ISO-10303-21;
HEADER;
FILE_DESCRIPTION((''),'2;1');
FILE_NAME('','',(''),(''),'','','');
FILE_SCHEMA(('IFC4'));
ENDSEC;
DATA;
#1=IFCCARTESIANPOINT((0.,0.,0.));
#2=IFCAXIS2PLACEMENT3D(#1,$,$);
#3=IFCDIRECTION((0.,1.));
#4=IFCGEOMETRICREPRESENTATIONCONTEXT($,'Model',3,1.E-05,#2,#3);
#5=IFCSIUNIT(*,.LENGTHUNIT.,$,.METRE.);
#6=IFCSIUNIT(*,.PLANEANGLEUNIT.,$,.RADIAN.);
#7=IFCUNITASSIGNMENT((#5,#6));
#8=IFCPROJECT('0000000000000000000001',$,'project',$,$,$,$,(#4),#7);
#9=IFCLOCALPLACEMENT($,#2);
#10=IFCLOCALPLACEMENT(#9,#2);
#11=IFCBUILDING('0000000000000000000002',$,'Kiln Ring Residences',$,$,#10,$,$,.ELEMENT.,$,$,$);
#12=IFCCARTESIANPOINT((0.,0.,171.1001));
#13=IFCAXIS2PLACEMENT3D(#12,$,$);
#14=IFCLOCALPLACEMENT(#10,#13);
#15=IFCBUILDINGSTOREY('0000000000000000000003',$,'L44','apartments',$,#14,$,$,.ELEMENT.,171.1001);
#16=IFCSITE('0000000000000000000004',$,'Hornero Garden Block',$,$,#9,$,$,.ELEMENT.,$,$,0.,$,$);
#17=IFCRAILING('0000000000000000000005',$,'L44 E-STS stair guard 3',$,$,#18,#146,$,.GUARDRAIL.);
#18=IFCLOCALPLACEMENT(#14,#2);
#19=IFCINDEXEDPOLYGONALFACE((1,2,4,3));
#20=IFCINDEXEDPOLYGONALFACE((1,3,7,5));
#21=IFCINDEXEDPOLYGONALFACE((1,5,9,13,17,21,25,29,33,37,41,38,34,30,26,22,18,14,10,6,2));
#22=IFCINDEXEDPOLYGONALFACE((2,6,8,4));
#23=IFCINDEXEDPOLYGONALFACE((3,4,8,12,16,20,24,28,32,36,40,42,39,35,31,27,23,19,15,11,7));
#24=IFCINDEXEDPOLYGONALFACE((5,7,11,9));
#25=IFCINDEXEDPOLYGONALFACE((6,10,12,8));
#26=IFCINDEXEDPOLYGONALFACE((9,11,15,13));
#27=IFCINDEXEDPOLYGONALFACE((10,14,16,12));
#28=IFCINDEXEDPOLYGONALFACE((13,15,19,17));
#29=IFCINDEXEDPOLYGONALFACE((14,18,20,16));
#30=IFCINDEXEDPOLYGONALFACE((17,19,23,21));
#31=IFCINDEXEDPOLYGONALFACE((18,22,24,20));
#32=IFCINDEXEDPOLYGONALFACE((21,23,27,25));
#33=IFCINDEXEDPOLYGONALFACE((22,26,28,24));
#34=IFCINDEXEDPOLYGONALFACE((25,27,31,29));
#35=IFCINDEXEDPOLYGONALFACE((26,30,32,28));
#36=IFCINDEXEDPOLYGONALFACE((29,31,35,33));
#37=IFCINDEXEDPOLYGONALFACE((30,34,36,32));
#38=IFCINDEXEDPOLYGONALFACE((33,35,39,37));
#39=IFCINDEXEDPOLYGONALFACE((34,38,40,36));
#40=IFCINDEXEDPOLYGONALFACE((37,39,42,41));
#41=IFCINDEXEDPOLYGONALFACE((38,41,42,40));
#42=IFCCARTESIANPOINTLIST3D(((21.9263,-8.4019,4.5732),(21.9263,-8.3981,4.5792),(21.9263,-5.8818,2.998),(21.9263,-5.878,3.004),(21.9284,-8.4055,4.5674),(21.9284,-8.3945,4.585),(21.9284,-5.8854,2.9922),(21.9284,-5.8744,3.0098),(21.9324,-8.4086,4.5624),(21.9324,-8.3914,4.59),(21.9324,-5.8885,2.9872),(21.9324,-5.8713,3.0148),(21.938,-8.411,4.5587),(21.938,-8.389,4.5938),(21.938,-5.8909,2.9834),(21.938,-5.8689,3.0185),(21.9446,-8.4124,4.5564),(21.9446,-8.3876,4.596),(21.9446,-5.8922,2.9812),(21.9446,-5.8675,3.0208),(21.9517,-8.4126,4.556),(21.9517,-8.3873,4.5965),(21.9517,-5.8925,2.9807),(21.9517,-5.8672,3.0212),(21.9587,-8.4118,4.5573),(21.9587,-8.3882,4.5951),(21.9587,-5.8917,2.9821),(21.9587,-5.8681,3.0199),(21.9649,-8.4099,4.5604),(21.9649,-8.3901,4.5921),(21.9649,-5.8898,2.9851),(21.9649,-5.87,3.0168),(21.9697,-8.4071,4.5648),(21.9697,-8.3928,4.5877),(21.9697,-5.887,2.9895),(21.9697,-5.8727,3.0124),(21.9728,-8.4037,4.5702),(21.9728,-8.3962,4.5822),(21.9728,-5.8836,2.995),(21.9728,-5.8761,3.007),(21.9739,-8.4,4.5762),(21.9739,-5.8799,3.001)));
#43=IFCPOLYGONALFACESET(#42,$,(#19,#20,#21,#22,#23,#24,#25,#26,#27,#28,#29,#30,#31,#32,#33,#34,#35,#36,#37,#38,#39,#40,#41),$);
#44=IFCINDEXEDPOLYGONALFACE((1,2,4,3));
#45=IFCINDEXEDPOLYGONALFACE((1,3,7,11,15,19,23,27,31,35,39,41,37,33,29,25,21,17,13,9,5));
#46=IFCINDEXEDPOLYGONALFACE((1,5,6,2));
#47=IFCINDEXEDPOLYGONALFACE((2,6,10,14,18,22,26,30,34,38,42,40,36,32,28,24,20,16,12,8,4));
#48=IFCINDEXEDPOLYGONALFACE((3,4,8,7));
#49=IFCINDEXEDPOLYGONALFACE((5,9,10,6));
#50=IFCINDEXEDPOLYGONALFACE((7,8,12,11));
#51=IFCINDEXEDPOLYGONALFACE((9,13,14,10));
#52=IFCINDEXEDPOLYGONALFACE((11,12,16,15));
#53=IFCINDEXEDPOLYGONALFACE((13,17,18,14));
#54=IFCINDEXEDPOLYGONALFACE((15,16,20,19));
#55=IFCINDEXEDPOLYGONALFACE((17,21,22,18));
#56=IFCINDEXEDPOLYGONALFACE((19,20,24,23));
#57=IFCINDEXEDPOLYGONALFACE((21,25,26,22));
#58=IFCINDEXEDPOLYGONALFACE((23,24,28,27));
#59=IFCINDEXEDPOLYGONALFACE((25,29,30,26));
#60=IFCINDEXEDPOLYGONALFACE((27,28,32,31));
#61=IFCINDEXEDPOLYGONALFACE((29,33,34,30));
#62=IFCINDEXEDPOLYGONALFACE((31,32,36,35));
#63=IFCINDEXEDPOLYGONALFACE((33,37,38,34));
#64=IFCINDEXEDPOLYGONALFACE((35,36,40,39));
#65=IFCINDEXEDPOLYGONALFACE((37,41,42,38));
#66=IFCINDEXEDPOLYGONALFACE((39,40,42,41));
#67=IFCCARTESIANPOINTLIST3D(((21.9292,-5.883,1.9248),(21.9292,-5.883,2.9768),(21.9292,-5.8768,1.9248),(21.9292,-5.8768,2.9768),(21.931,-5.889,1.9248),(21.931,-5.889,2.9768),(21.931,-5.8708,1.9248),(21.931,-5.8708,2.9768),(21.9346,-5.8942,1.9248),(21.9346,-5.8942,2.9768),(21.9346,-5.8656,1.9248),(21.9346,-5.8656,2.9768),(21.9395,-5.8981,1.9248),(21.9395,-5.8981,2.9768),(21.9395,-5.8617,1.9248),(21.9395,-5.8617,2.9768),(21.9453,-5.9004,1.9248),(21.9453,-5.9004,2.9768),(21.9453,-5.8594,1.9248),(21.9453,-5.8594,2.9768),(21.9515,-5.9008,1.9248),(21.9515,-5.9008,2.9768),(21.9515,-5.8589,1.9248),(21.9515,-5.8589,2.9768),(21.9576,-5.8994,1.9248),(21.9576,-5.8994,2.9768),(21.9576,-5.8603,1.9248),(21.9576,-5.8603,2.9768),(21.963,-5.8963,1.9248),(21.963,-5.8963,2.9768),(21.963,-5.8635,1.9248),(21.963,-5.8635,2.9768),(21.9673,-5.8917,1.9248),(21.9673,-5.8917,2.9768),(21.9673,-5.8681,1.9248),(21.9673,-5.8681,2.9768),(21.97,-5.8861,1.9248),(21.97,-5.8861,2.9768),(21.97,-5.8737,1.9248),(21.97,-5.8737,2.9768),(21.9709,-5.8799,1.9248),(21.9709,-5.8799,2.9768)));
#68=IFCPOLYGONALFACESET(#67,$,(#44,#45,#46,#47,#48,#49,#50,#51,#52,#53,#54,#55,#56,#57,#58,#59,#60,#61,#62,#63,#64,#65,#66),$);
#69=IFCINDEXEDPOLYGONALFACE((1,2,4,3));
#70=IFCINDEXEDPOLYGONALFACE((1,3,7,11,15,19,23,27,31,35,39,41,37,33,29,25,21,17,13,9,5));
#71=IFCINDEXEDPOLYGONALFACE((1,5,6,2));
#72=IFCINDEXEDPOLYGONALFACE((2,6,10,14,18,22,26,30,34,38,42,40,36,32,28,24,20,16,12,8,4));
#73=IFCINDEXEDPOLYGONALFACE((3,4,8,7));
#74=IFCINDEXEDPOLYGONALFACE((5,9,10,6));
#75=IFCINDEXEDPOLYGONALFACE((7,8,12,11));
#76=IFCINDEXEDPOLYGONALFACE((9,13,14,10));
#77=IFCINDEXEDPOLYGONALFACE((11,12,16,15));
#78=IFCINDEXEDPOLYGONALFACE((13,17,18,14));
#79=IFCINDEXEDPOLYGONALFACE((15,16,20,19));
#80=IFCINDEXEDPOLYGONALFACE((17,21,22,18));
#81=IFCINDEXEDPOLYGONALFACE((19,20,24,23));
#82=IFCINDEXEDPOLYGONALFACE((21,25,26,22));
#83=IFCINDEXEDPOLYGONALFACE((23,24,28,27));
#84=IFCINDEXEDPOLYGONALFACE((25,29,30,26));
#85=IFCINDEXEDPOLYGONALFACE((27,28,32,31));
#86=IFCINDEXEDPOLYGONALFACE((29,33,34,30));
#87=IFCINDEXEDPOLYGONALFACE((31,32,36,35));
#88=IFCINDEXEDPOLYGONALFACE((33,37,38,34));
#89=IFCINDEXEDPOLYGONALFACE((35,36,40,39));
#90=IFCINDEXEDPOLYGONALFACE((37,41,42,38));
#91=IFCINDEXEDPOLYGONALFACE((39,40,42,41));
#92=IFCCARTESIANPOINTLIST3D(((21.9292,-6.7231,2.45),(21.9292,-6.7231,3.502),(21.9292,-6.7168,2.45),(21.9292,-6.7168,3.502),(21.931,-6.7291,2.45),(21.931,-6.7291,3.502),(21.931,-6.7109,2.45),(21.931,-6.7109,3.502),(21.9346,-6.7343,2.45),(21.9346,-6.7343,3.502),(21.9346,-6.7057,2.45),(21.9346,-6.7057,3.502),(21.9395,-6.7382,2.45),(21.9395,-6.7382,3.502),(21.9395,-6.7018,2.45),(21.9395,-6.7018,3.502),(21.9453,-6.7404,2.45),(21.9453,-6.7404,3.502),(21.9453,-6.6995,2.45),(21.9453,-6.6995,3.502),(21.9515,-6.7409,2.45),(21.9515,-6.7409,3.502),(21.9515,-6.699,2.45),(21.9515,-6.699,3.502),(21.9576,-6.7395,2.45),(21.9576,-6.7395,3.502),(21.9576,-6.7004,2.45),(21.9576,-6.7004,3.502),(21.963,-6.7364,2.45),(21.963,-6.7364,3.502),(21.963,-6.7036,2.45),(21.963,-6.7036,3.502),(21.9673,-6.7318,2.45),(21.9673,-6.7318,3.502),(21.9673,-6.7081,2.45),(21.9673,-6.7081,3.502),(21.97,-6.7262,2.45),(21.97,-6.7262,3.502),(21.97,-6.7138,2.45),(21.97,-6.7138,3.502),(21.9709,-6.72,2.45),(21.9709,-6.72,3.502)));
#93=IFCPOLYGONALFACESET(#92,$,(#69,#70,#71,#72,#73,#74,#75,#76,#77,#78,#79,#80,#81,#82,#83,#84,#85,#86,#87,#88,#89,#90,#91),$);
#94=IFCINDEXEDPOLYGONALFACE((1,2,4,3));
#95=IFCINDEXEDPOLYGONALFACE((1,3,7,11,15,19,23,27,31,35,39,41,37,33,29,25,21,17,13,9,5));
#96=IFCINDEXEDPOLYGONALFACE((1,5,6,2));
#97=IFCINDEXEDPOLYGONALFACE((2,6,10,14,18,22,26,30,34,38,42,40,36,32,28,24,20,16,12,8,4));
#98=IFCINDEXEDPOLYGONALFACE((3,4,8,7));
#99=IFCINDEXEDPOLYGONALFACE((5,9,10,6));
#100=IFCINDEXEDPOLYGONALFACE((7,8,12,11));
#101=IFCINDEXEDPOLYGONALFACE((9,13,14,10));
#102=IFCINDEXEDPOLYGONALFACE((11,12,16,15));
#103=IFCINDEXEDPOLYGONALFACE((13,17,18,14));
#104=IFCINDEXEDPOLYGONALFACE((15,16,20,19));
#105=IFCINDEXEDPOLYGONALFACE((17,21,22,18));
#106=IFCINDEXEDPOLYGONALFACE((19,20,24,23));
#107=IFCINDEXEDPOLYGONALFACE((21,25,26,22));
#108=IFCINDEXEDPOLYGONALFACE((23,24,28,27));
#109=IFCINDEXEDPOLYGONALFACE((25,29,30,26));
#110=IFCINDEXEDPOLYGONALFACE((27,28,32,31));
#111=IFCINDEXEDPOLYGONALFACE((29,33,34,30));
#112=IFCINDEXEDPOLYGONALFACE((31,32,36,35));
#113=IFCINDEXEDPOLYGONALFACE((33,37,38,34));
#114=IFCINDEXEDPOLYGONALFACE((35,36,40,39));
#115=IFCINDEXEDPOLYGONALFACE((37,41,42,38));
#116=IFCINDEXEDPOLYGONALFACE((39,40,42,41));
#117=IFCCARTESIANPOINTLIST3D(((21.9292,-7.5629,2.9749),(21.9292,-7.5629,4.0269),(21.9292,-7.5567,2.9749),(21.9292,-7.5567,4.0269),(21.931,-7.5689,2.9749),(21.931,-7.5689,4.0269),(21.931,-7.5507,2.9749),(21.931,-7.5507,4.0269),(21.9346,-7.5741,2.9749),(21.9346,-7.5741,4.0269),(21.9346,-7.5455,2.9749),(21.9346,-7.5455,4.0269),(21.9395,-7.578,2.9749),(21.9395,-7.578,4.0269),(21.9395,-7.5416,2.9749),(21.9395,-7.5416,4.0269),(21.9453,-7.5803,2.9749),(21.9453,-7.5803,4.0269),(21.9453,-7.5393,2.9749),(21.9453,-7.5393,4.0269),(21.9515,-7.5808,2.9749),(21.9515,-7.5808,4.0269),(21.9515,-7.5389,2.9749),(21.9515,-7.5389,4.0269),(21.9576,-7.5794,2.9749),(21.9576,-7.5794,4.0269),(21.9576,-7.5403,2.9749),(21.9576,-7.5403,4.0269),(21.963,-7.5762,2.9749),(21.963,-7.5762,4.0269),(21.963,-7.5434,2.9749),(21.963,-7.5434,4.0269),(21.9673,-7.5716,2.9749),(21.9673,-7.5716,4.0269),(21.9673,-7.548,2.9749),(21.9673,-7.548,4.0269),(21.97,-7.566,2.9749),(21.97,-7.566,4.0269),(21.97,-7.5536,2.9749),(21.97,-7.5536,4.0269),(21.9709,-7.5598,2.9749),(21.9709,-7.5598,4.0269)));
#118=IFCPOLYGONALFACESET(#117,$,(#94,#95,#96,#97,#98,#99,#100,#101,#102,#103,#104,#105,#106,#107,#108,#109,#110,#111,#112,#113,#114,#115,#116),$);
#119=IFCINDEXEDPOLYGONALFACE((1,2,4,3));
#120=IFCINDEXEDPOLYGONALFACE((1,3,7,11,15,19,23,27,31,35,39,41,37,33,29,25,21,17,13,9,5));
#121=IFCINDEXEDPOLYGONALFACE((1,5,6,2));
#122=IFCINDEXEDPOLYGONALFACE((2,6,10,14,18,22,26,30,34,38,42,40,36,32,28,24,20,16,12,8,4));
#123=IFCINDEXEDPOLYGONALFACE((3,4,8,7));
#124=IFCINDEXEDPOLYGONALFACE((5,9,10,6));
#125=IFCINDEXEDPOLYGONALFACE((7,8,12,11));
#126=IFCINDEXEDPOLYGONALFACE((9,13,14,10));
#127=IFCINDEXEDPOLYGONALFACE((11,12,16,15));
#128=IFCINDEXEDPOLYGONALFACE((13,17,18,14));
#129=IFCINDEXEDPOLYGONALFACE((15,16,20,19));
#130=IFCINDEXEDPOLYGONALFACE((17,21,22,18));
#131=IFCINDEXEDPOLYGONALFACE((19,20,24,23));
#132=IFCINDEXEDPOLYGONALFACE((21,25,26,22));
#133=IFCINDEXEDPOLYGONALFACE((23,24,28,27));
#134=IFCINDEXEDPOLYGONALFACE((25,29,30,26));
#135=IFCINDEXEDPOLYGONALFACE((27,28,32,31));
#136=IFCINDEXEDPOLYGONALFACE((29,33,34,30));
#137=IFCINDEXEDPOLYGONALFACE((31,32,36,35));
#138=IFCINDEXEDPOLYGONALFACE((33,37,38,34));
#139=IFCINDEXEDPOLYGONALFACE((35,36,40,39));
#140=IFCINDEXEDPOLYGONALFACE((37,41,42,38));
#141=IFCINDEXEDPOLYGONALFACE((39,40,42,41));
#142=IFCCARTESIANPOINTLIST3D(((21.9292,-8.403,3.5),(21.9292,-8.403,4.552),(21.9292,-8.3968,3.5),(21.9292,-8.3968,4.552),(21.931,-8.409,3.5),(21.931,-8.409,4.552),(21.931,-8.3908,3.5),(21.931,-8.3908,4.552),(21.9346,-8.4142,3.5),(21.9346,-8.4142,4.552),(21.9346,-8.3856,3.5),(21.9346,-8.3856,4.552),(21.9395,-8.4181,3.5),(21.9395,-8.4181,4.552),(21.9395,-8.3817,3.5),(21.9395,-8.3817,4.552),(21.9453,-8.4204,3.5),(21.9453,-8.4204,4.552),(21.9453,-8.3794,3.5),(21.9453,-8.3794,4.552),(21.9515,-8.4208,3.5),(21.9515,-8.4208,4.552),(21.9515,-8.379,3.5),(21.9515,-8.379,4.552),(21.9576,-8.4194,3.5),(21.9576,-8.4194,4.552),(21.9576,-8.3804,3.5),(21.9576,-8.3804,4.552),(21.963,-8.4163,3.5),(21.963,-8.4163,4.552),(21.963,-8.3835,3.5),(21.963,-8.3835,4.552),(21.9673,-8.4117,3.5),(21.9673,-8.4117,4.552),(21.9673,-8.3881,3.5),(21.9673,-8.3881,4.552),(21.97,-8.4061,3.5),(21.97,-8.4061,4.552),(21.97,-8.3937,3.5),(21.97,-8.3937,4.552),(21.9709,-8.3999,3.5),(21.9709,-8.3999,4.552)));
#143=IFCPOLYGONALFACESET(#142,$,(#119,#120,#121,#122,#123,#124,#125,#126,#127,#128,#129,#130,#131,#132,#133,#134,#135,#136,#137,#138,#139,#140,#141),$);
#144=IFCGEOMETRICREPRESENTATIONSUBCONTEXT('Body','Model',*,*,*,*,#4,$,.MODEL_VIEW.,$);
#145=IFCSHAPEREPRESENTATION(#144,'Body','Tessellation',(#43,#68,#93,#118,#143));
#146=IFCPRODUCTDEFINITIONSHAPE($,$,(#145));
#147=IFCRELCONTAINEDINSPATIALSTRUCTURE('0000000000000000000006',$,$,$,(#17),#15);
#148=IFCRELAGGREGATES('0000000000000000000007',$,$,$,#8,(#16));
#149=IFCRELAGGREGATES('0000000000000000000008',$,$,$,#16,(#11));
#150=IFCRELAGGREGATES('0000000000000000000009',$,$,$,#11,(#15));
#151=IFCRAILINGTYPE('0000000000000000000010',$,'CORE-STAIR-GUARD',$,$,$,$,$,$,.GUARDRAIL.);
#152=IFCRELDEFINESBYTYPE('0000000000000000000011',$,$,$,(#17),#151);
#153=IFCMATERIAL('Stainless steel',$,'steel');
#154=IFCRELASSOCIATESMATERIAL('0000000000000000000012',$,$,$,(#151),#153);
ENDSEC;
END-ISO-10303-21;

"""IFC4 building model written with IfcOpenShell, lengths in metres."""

from ifc_helpers import new_model, si_unit, direction, frame, origin, origin_2d, place, context, subcontext, project, spatial, circle, extrude, material, type_object, element, save


model = new_model("IFC4")

# Units and contexts
model_context = context("Model", 3, precision=1e-05, world=origin(), true_north=direction((0.0, 1.0)))
body_context = subcontext(model_context, "Body", "Model", "MODEL_VIEW")
ifc_project = project(units=[si_unit("LENGTHUNIT", "METRE"), si_unit("PLANEANGLEUNIT", "RADIAN")], contexts=[model_context])

# Site, building, storey
site_placement = place(None, origin())
site = spatial("IfcSite", under=ifc_project, at=site_placement, Name="Hornero Garden Block", CompositionType="ELEMENT", RefElevation=0.0)
building_placement = place(site_placement, origin())
building = spatial("IfcBuilding", under=site, at=building_placement, Name="Kiln Ring Residences", CompositionType="ELEMENT")
storey_placement = place(building_placement, frame((0.0, 0.0, 171.1001)))
storey = spatial("IfcBuildingStorey", under=building, at=storey_placement, Name="L44", Description="apartments", CompositionType="ELEMENT", Elevation=171.1001)

# Railing
ifc_material_1 = material(Name="Stainless steel", Category="steel")
railing_type_1 = type_object("IfcRailingType", Name="CORE-STAIR-GUARD", PredefinedType="GUARDRAIL", material=ifc_material_1)
railing_1_placement = place(storey_placement, frame((21.95, -5.8799, 1.9248)))
element("IfcRailing", 1, at=railing_1_placement, inside=storey, type_object=railing_type_1, Name="L44 E-STS stair guard 3", PredefinedType="GUARDRAIL", context=body_context, shape_type="SweptSolid", body=[
    extrude(circle(Radius=0.0239, at=origin_2d()), frame((0.0, 0.0, 1.0762), z_axis=(0.0, -0.847971, 0.530043), x_axis=(1.0, 0.0, 0.0)), (0.0, 0.0, 1.0), 2.9719),
    extrude(circle(Radius=0.021, at=origin_2d()), origin(), (0.0, 0.0, 1.0), 1.052),
    extrude(circle(Radius=0.021, at=origin_2d()), frame((0.0, -0.8401, 0.5251)), (0.0, 0.0, 1.0), 1.052),
    extrude(circle(Radius=0.021, at=origin_2d()), frame((0.0, -1.6799, 1.05)), (0.0, 0.0, 1.0), 1.052),
    extrude(circle(Radius=0.021, at=origin_2d()), frame((0.0, -2.52, 1.5752)), (0.0, 0.0, 1.0), 1.052),
])

save(model, "model.ifc")
